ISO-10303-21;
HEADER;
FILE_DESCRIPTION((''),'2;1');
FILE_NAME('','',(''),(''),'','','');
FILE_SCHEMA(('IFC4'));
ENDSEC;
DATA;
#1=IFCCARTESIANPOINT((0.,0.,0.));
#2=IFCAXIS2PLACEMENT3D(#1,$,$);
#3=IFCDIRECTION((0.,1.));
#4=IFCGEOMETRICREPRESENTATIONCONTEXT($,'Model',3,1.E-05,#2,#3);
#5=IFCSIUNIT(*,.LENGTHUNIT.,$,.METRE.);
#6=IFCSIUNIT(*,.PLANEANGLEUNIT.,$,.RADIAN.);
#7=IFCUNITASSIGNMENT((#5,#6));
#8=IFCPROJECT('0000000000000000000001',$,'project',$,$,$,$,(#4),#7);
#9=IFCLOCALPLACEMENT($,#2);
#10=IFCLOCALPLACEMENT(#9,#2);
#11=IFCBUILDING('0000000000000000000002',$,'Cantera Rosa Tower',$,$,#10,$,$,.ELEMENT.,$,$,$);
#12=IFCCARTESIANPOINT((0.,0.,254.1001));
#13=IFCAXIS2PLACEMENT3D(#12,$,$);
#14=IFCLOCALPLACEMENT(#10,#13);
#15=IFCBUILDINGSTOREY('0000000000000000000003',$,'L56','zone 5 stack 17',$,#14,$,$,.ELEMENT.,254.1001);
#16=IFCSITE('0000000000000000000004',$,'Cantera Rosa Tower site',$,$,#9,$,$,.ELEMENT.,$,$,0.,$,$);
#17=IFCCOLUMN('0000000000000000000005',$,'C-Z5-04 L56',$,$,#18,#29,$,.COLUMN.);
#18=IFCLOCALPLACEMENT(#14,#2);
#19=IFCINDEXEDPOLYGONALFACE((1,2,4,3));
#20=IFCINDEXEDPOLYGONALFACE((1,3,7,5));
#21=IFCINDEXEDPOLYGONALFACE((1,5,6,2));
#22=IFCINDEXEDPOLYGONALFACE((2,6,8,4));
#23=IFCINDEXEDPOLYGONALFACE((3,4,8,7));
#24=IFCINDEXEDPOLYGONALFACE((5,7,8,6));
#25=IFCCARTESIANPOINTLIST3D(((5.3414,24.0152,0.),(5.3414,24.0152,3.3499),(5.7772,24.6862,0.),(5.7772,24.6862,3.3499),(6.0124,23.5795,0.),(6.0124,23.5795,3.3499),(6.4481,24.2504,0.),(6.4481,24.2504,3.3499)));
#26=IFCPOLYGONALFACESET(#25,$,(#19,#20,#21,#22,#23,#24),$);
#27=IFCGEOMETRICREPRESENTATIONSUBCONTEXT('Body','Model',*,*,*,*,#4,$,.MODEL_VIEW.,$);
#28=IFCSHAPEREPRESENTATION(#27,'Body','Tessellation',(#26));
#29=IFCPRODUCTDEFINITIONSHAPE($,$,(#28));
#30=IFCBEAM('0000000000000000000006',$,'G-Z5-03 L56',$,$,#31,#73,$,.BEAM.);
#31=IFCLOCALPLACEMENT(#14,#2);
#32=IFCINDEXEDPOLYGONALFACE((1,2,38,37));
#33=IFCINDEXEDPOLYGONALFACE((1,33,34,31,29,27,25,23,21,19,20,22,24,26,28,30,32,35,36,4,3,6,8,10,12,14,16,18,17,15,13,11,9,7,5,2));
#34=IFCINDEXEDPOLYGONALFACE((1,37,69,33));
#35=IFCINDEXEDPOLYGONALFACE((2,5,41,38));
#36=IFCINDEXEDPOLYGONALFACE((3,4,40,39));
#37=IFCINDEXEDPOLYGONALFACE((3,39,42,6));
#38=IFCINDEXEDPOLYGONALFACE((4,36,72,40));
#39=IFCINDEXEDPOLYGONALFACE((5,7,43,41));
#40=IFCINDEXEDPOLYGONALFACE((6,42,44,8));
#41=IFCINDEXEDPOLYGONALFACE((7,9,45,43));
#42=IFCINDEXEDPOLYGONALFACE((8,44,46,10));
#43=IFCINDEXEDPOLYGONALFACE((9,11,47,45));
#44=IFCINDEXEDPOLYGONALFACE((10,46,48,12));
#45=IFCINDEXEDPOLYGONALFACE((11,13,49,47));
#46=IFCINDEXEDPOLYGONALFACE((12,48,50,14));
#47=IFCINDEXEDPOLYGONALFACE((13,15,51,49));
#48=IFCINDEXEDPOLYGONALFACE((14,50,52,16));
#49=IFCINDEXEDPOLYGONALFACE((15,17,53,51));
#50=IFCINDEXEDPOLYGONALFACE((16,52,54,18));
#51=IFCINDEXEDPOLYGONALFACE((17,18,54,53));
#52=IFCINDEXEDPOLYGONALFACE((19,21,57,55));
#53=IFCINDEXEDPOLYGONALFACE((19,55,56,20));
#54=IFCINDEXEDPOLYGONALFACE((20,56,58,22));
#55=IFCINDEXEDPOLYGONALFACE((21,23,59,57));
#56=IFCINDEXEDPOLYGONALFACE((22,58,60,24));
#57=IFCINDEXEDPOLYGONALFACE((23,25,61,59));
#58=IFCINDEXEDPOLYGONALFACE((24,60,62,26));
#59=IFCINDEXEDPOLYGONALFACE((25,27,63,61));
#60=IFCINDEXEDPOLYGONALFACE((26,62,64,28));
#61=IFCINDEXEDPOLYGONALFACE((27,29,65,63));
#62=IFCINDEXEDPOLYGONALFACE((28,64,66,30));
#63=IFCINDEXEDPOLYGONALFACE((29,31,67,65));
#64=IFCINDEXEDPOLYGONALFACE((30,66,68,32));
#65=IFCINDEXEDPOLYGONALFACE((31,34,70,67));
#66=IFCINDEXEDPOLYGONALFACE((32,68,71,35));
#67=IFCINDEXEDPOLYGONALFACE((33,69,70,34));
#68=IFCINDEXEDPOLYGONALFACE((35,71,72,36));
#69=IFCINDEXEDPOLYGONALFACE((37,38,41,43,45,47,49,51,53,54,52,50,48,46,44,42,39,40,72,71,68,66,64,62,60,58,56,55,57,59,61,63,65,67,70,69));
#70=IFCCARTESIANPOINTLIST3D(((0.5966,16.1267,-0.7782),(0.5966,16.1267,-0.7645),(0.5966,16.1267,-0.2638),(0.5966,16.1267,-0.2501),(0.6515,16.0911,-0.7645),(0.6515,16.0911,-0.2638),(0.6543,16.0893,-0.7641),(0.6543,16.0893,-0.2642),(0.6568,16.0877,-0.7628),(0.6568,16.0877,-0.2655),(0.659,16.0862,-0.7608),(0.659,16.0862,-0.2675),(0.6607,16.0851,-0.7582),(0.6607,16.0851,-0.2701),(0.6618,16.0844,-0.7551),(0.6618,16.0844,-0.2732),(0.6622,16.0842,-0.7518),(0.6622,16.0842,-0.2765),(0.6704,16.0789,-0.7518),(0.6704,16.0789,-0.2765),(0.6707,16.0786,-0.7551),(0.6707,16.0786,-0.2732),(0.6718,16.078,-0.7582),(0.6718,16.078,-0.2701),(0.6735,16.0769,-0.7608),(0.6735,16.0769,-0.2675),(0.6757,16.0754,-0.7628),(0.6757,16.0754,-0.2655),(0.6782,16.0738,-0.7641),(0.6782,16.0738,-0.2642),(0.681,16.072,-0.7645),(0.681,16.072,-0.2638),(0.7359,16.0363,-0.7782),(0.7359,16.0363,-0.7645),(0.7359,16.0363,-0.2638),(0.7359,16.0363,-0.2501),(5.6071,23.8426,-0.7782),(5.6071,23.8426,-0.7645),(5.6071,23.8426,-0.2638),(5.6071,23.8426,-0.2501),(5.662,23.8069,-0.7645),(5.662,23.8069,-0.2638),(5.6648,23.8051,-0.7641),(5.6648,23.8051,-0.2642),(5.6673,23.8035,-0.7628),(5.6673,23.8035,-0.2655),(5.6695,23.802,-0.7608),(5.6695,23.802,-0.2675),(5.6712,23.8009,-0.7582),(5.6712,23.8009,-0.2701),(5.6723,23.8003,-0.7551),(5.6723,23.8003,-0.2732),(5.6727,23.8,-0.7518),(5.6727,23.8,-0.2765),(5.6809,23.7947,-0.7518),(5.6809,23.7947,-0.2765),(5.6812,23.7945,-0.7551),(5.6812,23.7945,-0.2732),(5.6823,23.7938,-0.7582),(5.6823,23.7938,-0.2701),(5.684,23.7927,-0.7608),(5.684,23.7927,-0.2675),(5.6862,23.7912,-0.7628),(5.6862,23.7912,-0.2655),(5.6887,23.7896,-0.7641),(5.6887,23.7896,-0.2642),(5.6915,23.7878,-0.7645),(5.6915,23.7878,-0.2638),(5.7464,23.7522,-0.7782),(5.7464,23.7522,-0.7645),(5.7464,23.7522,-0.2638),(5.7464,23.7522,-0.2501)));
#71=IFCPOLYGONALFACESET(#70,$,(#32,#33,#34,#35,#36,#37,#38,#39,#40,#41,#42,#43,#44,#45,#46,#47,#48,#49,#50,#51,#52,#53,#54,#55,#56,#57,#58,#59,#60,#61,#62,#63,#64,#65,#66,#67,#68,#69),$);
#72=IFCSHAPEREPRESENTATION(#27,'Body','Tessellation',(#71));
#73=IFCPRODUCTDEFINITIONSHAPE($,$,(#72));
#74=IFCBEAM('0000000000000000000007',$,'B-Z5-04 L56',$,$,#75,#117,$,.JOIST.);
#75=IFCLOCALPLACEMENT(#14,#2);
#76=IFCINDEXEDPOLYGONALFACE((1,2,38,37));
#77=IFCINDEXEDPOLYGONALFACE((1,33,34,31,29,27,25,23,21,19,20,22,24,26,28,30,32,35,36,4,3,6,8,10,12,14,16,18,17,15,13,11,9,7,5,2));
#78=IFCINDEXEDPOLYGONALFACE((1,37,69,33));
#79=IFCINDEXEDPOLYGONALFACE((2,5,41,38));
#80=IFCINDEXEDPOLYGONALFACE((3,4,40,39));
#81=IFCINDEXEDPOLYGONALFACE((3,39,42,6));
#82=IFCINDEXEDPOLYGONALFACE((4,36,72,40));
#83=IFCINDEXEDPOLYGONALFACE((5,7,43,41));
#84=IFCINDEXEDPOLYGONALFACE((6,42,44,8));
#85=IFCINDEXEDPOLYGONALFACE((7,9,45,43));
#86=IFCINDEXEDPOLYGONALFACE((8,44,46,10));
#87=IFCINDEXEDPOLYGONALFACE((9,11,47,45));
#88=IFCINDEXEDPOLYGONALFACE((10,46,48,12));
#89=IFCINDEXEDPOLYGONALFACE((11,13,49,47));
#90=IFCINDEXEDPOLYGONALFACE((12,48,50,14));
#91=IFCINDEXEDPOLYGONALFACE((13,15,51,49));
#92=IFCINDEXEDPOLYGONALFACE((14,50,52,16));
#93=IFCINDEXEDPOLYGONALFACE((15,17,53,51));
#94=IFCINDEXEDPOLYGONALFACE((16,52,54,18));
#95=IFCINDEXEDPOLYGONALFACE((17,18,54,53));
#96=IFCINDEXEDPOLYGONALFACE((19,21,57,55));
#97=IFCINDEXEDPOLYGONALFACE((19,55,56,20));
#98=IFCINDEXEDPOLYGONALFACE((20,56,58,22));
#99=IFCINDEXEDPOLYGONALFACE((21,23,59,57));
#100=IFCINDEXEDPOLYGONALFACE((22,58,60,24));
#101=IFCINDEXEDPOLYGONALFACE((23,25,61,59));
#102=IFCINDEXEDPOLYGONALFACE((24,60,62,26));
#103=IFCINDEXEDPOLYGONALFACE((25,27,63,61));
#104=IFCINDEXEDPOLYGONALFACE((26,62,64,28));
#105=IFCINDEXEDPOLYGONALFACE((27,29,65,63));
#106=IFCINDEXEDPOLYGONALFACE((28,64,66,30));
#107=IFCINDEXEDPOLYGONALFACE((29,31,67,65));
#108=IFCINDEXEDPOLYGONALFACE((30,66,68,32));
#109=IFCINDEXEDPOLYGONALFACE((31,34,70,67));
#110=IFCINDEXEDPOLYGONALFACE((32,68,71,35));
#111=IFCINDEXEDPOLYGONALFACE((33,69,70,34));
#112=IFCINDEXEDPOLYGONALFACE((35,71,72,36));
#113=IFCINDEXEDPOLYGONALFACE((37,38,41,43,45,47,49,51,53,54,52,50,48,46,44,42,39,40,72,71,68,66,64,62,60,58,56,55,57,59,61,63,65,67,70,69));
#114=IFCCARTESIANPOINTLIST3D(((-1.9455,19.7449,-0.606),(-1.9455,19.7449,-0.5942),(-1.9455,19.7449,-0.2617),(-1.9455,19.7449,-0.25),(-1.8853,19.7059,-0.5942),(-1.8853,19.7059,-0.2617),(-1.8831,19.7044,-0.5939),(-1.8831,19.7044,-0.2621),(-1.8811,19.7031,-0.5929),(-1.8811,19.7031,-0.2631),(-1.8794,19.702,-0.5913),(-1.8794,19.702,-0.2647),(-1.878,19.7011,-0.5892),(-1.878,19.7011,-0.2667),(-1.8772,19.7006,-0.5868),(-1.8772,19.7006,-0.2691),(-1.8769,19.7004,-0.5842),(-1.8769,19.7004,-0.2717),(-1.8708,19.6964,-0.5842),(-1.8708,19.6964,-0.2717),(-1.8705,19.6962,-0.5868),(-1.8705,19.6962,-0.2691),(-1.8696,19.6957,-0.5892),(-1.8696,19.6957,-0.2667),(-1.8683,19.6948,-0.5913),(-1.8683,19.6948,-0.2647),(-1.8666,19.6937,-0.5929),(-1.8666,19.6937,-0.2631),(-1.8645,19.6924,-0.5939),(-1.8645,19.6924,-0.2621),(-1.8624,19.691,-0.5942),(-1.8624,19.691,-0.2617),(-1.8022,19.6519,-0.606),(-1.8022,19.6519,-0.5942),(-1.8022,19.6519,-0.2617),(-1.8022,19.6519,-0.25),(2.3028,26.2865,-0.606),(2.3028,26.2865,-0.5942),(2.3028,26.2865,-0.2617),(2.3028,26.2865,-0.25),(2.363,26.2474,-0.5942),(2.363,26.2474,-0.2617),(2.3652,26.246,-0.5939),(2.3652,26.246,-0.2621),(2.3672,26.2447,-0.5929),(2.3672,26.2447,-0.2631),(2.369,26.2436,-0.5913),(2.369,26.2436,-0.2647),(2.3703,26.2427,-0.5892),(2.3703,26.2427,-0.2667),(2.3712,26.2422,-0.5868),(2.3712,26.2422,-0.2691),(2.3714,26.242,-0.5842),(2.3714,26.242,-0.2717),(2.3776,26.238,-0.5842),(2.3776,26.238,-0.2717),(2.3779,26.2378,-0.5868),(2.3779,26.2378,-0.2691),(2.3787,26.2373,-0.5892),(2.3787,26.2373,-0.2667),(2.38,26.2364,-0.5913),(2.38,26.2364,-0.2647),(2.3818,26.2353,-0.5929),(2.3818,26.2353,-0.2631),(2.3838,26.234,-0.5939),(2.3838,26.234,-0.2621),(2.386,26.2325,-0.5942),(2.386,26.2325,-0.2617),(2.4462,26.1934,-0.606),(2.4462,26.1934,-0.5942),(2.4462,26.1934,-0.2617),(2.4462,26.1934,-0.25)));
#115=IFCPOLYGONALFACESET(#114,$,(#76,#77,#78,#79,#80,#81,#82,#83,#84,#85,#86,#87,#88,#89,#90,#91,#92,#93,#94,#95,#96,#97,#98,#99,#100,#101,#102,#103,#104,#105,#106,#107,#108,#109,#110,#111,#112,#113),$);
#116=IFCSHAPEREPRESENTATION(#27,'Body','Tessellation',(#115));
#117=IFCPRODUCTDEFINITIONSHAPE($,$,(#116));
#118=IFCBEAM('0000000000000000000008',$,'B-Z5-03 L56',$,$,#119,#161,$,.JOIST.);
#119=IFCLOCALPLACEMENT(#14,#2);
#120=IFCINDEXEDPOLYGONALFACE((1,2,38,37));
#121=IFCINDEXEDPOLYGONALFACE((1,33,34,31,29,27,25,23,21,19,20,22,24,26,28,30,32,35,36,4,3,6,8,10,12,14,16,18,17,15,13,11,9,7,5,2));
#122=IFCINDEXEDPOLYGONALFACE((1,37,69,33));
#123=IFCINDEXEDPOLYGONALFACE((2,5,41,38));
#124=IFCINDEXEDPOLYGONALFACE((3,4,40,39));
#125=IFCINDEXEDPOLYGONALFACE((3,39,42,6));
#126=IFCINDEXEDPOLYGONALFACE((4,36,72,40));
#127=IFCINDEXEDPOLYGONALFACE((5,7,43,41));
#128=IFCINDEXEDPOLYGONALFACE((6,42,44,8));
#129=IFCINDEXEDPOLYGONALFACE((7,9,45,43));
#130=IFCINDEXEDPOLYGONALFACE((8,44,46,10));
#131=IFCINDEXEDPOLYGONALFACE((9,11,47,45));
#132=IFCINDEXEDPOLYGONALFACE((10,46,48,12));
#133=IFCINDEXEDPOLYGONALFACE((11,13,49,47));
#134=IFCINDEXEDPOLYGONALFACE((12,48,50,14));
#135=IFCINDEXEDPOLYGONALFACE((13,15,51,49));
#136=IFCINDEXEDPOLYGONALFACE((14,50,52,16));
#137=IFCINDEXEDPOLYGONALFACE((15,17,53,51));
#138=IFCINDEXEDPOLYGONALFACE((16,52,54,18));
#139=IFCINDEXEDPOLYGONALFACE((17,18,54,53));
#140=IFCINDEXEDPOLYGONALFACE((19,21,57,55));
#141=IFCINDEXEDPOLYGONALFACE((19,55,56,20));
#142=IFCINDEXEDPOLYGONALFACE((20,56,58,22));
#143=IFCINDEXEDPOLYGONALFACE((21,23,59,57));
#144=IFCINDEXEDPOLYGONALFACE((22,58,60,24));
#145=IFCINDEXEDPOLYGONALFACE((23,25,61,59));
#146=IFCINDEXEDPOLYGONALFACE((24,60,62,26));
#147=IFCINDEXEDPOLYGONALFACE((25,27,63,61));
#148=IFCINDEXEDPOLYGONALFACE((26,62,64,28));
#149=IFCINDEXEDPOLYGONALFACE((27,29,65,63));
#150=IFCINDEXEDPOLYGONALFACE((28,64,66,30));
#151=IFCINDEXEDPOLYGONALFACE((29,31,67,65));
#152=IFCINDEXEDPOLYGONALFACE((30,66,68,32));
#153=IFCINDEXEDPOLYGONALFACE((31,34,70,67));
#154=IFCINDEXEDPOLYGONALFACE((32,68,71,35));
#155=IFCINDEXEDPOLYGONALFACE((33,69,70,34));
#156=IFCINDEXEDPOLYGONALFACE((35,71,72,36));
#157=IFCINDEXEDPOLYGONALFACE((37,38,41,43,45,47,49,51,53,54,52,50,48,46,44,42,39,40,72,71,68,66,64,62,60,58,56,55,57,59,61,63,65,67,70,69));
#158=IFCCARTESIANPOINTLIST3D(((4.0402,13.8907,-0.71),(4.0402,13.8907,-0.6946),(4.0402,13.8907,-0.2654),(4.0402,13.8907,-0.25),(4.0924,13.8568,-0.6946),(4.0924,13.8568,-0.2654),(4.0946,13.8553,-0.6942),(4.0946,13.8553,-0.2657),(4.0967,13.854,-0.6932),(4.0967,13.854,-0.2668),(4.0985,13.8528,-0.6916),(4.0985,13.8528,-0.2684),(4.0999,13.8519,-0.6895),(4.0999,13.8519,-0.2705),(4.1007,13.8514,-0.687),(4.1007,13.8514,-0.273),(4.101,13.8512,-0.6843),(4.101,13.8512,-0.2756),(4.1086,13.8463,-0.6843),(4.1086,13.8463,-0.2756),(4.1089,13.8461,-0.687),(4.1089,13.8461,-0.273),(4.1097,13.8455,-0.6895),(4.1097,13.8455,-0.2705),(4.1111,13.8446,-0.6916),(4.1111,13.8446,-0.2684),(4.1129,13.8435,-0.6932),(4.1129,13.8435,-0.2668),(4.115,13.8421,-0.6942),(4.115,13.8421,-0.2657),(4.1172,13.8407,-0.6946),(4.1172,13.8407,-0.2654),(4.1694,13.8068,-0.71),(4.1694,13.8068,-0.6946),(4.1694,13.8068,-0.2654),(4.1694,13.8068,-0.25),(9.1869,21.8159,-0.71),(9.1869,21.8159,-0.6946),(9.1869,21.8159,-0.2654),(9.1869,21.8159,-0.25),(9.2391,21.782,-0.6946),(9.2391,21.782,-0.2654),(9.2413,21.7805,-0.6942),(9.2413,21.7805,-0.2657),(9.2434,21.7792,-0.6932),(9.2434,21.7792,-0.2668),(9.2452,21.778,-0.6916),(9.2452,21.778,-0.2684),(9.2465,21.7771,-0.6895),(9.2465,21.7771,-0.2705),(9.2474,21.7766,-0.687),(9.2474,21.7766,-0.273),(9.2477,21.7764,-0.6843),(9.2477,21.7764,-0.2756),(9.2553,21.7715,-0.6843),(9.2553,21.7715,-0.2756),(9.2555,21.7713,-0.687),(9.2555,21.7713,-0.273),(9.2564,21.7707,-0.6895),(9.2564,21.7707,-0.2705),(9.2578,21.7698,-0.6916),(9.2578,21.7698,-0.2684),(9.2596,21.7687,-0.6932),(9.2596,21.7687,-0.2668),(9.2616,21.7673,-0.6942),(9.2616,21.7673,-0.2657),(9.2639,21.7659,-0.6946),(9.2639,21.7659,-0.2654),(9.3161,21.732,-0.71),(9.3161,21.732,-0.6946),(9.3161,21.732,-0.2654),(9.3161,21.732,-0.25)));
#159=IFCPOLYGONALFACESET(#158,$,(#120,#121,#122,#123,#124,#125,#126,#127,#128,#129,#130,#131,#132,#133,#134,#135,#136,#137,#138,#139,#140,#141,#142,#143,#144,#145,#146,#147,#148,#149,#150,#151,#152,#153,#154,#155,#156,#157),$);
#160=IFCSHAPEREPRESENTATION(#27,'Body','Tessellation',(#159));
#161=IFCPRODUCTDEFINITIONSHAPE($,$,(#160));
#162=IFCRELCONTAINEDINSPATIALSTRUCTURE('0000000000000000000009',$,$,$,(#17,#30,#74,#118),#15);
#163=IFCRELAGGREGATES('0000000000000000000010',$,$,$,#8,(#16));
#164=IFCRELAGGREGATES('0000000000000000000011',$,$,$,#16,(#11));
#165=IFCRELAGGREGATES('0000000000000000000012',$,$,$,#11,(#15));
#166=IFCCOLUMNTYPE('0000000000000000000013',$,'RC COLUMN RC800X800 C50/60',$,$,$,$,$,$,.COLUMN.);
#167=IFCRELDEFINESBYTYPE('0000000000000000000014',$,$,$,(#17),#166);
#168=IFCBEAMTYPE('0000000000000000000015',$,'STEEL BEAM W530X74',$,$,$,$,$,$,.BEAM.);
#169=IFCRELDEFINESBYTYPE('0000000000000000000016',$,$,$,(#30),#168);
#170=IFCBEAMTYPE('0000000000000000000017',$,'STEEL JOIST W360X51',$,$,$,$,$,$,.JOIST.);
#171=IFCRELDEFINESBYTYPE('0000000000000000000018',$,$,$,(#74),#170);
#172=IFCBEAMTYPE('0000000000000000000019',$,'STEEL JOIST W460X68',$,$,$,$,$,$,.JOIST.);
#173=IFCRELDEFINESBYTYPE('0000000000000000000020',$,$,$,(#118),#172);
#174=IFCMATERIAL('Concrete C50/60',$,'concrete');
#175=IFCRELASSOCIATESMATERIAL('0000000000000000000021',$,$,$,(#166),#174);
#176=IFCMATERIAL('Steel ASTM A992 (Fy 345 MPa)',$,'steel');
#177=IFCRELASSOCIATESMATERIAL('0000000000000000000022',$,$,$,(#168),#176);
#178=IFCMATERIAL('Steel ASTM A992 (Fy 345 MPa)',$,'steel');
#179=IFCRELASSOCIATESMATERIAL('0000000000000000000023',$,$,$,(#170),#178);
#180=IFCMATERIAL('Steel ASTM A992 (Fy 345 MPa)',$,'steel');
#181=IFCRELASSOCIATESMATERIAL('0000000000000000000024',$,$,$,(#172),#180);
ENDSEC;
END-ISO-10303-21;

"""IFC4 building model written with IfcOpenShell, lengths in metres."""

from ifc_helpers import new_model, si_unit, direction, frame, origin, origin_2d, place, context, subcontext, project, spatial, rectangle, i_section, extrude, material, material_profile, profile_set, type_object, element, save


model = new_model("IFC4")

# Units and contexts
model_context = context("Model", 3, precision=1e-05, world=origin(), true_north=direction((0.0, 1.0)))
body_context = subcontext(model_context, "Body", "Model", "MODEL_VIEW")
ifc_project = project(units=[si_unit("LENGTHUNIT", "METRE"), si_unit("PLANEANGLEUNIT", "RADIAN")], contexts=[model_context])

# Site, building, storey
site_placement = place(None, origin())
site = spatial("IfcSite", under=ifc_project, at=site_placement, Name="Cantera Rosa Tower site", CompositionType="ELEMENT", RefElevation=0.0)
building_placement = place(site_placement, origin())
building = spatial("IfcBuilding", under=site, at=building_placement, Name="Cantera Rosa Tower", CompositionType="ELEMENT")
storey_placement = place(building_placement, frame((0.0, 0.0, 254.1001)))
storey = spatial("IfcBuildingStorey", under=building, at=storey_placement, Name="L56", Description="zone 5 stack 17", CompositionType="ELEMENT", Elevation=254.1001)

# Column
ifc_material_1 = material(Name="Concrete C50/60", Category="concrete")
ifc_material_profile_1 = material_profile(ifc_material_1, rectangle(XDim=0.8, YDim=0.8, at=origin_2d()), Name="RC COLUMN RC800X800 C50/60")
ifc_profile_set_1 = profile_set([ifc_material_profile_1], Name="Concrete C50/60")
column_type = type_object("IfcColumnType", Name="RC COLUMN RC800X800 C50/60", PredefinedType="COLUMN", material=ifc_profile_set_1)
column_placement = place(storey_placement, frame((5.8948, 24.1328, 0.0), z_axis=(0.0, 0.0, 1.0), x_axis=(0.544639, 0.838671, 0.0)))
element("IfcColumn", 1, at=column_placement, inside=storey, type_object=column_type, Name="C-Z5-04 L56", PredefinedType="COLUMN", context=body_context, shape_type="SweptSolid", body=[
    extrude(rectangle(XDim=0.8, YDim=0.8, at=origin_2d()), origin(), (0.0, 0.0, 1.0), 3.3499),
])

# Beams
ifc_material_2 = material(Name="Steel ASTM A992 (Fy 345 MPa)", Category="steel")
ifc_material_profile_2 = material_profile(ifc_material_2, i_section(OverallWidth=0.166, OverallDepth=0.5281, WebThickness=0.0098, FlangeThickness=0.0137, FilletRadius=0.0127, at=origin_2d()), Name="W530X74")
ifc_profile_set_2 = profile_set([ifc_material_profile_2], Name="Steel ASTM A992 (Fy 345 MPa)")
beam_type_1 = type_object("IfcBeamType", Name="STEEL BEAM W530X74", PredefinedType="BEAM", material=ifc_profile_set_2)
beam_1_placement = place(storey_placement, frame((5.6768, 23.7974, -0.5142), z_axis=(-0.544623, -0.838681, 0.0), x_axis=(0.838681, -0.544623, 0.0)))
element("IfcBeam", 2, at=beam_1_placement, inside=storey, type_object=beam_type_1, Name="G-Z5-03 L56", PredefinedType="BEAM", context=body_context, shape_type="SweptSolid", body=[
    extrude(i_section(OverallWidth=0.166, OverallDepth=0.5281, WebThickness=0.0098, FlangeThickness=0.0137, FilletRadius=0.0127, at=origin_2d()), origin(), (0.0, 0.0, 1.0), 9.2),
])
ifc_material_3 = material(Name="Steel ASTM A992 (Fy 345 MPa)", Category="steel")
ifc_material_profile_3 = material_profile(ifc_material_3, i_section(OverallWidth=0.1709, OverallDepth=0.356, WebThickness=0.0073, FlangeThickness=0.0117, FilletRadius=0.01, at=origin_2d()), Name="W360X51")
ifc_profile_set_3 = profile_set([ifc_material_profile_3], Name="Steel ASTM A992 (Fy 345 MPa)")
beam_type_2 = type_object("IfcBeamType", Name="STEEL JOIST W360X51", PredefinedType="JOIST", material=ifc_profile_set_3)
beam_2_placement = place(storey_placement, frame((2.3745, 26.24, -0.428), z_axis=(-0.544656, -0.83866, 0.0), x_axis=(0.83866, -0.544656, 0.0)))
element("IfcBeam", 3, at=beam_2_placement, inside=storey, type_object=beam_type_2, Name="B-Z5-04 L56", PredefinedType="JOIST", context=body_context, shape_type="SweptSolid", body=[
    extrude(i_section(OverallWidth=0.1709, OverallDepth=0.356, WebThickness=0.0073, FlangeThickness=0.0117, FilletRadius=0.01, at=origin_2d()), origin(), (0.0, 0.0, 1.0), 7.8),
])
ifc_material_4 = material(Name="Steel ASTM A992 (Fy 345 MPa)", Category="steel")
ifc_material_profile_4 = material_profile(ifc_material_4, i_section(OverallWidth=0.1541, OverallDepth=0.46, WebThickness=0.009, FlangeThickness=0.0154, FilletRadius=0.0103, at=origin_2d()), Name="W460X68")
ifc_profile_set_4 = profile_set([ifc_material_profile_4], Name="Steel ASTM A992 (Fy 345 MPa)")
beam_type_3 = type_object("IfcBeamType", Name="STEEL JOIST W460X68", PredefinedType="JOIST", material=ifc_profile_set_4)
beam_3_placement = place(storey_placement, frame((9.2515, 21.7739, -0.48), z_axis=(-0.544638, -0.838671, 0.0), x_axis=(0.838671, -0.544638, 0.0)))
element("IfcBeam", 4, at=beam_3_placement, inside=storey, type_object=beam_type_3, Name="B-Z5-03 L56", PredefinedType="JOIST", context=body_context, shape_type="SweptSolid", body=[
    extrude(i_section(OverallWidth=0.1541, OverallDepth=0.46, WebThickness=0.009, FlangeThickness=0.0154, FilletRadius=0.0103, at=origin_2d()), origin(), (0.0, 0.0, 1.0), 9.4497),
])

save(model, "model.ifc")
